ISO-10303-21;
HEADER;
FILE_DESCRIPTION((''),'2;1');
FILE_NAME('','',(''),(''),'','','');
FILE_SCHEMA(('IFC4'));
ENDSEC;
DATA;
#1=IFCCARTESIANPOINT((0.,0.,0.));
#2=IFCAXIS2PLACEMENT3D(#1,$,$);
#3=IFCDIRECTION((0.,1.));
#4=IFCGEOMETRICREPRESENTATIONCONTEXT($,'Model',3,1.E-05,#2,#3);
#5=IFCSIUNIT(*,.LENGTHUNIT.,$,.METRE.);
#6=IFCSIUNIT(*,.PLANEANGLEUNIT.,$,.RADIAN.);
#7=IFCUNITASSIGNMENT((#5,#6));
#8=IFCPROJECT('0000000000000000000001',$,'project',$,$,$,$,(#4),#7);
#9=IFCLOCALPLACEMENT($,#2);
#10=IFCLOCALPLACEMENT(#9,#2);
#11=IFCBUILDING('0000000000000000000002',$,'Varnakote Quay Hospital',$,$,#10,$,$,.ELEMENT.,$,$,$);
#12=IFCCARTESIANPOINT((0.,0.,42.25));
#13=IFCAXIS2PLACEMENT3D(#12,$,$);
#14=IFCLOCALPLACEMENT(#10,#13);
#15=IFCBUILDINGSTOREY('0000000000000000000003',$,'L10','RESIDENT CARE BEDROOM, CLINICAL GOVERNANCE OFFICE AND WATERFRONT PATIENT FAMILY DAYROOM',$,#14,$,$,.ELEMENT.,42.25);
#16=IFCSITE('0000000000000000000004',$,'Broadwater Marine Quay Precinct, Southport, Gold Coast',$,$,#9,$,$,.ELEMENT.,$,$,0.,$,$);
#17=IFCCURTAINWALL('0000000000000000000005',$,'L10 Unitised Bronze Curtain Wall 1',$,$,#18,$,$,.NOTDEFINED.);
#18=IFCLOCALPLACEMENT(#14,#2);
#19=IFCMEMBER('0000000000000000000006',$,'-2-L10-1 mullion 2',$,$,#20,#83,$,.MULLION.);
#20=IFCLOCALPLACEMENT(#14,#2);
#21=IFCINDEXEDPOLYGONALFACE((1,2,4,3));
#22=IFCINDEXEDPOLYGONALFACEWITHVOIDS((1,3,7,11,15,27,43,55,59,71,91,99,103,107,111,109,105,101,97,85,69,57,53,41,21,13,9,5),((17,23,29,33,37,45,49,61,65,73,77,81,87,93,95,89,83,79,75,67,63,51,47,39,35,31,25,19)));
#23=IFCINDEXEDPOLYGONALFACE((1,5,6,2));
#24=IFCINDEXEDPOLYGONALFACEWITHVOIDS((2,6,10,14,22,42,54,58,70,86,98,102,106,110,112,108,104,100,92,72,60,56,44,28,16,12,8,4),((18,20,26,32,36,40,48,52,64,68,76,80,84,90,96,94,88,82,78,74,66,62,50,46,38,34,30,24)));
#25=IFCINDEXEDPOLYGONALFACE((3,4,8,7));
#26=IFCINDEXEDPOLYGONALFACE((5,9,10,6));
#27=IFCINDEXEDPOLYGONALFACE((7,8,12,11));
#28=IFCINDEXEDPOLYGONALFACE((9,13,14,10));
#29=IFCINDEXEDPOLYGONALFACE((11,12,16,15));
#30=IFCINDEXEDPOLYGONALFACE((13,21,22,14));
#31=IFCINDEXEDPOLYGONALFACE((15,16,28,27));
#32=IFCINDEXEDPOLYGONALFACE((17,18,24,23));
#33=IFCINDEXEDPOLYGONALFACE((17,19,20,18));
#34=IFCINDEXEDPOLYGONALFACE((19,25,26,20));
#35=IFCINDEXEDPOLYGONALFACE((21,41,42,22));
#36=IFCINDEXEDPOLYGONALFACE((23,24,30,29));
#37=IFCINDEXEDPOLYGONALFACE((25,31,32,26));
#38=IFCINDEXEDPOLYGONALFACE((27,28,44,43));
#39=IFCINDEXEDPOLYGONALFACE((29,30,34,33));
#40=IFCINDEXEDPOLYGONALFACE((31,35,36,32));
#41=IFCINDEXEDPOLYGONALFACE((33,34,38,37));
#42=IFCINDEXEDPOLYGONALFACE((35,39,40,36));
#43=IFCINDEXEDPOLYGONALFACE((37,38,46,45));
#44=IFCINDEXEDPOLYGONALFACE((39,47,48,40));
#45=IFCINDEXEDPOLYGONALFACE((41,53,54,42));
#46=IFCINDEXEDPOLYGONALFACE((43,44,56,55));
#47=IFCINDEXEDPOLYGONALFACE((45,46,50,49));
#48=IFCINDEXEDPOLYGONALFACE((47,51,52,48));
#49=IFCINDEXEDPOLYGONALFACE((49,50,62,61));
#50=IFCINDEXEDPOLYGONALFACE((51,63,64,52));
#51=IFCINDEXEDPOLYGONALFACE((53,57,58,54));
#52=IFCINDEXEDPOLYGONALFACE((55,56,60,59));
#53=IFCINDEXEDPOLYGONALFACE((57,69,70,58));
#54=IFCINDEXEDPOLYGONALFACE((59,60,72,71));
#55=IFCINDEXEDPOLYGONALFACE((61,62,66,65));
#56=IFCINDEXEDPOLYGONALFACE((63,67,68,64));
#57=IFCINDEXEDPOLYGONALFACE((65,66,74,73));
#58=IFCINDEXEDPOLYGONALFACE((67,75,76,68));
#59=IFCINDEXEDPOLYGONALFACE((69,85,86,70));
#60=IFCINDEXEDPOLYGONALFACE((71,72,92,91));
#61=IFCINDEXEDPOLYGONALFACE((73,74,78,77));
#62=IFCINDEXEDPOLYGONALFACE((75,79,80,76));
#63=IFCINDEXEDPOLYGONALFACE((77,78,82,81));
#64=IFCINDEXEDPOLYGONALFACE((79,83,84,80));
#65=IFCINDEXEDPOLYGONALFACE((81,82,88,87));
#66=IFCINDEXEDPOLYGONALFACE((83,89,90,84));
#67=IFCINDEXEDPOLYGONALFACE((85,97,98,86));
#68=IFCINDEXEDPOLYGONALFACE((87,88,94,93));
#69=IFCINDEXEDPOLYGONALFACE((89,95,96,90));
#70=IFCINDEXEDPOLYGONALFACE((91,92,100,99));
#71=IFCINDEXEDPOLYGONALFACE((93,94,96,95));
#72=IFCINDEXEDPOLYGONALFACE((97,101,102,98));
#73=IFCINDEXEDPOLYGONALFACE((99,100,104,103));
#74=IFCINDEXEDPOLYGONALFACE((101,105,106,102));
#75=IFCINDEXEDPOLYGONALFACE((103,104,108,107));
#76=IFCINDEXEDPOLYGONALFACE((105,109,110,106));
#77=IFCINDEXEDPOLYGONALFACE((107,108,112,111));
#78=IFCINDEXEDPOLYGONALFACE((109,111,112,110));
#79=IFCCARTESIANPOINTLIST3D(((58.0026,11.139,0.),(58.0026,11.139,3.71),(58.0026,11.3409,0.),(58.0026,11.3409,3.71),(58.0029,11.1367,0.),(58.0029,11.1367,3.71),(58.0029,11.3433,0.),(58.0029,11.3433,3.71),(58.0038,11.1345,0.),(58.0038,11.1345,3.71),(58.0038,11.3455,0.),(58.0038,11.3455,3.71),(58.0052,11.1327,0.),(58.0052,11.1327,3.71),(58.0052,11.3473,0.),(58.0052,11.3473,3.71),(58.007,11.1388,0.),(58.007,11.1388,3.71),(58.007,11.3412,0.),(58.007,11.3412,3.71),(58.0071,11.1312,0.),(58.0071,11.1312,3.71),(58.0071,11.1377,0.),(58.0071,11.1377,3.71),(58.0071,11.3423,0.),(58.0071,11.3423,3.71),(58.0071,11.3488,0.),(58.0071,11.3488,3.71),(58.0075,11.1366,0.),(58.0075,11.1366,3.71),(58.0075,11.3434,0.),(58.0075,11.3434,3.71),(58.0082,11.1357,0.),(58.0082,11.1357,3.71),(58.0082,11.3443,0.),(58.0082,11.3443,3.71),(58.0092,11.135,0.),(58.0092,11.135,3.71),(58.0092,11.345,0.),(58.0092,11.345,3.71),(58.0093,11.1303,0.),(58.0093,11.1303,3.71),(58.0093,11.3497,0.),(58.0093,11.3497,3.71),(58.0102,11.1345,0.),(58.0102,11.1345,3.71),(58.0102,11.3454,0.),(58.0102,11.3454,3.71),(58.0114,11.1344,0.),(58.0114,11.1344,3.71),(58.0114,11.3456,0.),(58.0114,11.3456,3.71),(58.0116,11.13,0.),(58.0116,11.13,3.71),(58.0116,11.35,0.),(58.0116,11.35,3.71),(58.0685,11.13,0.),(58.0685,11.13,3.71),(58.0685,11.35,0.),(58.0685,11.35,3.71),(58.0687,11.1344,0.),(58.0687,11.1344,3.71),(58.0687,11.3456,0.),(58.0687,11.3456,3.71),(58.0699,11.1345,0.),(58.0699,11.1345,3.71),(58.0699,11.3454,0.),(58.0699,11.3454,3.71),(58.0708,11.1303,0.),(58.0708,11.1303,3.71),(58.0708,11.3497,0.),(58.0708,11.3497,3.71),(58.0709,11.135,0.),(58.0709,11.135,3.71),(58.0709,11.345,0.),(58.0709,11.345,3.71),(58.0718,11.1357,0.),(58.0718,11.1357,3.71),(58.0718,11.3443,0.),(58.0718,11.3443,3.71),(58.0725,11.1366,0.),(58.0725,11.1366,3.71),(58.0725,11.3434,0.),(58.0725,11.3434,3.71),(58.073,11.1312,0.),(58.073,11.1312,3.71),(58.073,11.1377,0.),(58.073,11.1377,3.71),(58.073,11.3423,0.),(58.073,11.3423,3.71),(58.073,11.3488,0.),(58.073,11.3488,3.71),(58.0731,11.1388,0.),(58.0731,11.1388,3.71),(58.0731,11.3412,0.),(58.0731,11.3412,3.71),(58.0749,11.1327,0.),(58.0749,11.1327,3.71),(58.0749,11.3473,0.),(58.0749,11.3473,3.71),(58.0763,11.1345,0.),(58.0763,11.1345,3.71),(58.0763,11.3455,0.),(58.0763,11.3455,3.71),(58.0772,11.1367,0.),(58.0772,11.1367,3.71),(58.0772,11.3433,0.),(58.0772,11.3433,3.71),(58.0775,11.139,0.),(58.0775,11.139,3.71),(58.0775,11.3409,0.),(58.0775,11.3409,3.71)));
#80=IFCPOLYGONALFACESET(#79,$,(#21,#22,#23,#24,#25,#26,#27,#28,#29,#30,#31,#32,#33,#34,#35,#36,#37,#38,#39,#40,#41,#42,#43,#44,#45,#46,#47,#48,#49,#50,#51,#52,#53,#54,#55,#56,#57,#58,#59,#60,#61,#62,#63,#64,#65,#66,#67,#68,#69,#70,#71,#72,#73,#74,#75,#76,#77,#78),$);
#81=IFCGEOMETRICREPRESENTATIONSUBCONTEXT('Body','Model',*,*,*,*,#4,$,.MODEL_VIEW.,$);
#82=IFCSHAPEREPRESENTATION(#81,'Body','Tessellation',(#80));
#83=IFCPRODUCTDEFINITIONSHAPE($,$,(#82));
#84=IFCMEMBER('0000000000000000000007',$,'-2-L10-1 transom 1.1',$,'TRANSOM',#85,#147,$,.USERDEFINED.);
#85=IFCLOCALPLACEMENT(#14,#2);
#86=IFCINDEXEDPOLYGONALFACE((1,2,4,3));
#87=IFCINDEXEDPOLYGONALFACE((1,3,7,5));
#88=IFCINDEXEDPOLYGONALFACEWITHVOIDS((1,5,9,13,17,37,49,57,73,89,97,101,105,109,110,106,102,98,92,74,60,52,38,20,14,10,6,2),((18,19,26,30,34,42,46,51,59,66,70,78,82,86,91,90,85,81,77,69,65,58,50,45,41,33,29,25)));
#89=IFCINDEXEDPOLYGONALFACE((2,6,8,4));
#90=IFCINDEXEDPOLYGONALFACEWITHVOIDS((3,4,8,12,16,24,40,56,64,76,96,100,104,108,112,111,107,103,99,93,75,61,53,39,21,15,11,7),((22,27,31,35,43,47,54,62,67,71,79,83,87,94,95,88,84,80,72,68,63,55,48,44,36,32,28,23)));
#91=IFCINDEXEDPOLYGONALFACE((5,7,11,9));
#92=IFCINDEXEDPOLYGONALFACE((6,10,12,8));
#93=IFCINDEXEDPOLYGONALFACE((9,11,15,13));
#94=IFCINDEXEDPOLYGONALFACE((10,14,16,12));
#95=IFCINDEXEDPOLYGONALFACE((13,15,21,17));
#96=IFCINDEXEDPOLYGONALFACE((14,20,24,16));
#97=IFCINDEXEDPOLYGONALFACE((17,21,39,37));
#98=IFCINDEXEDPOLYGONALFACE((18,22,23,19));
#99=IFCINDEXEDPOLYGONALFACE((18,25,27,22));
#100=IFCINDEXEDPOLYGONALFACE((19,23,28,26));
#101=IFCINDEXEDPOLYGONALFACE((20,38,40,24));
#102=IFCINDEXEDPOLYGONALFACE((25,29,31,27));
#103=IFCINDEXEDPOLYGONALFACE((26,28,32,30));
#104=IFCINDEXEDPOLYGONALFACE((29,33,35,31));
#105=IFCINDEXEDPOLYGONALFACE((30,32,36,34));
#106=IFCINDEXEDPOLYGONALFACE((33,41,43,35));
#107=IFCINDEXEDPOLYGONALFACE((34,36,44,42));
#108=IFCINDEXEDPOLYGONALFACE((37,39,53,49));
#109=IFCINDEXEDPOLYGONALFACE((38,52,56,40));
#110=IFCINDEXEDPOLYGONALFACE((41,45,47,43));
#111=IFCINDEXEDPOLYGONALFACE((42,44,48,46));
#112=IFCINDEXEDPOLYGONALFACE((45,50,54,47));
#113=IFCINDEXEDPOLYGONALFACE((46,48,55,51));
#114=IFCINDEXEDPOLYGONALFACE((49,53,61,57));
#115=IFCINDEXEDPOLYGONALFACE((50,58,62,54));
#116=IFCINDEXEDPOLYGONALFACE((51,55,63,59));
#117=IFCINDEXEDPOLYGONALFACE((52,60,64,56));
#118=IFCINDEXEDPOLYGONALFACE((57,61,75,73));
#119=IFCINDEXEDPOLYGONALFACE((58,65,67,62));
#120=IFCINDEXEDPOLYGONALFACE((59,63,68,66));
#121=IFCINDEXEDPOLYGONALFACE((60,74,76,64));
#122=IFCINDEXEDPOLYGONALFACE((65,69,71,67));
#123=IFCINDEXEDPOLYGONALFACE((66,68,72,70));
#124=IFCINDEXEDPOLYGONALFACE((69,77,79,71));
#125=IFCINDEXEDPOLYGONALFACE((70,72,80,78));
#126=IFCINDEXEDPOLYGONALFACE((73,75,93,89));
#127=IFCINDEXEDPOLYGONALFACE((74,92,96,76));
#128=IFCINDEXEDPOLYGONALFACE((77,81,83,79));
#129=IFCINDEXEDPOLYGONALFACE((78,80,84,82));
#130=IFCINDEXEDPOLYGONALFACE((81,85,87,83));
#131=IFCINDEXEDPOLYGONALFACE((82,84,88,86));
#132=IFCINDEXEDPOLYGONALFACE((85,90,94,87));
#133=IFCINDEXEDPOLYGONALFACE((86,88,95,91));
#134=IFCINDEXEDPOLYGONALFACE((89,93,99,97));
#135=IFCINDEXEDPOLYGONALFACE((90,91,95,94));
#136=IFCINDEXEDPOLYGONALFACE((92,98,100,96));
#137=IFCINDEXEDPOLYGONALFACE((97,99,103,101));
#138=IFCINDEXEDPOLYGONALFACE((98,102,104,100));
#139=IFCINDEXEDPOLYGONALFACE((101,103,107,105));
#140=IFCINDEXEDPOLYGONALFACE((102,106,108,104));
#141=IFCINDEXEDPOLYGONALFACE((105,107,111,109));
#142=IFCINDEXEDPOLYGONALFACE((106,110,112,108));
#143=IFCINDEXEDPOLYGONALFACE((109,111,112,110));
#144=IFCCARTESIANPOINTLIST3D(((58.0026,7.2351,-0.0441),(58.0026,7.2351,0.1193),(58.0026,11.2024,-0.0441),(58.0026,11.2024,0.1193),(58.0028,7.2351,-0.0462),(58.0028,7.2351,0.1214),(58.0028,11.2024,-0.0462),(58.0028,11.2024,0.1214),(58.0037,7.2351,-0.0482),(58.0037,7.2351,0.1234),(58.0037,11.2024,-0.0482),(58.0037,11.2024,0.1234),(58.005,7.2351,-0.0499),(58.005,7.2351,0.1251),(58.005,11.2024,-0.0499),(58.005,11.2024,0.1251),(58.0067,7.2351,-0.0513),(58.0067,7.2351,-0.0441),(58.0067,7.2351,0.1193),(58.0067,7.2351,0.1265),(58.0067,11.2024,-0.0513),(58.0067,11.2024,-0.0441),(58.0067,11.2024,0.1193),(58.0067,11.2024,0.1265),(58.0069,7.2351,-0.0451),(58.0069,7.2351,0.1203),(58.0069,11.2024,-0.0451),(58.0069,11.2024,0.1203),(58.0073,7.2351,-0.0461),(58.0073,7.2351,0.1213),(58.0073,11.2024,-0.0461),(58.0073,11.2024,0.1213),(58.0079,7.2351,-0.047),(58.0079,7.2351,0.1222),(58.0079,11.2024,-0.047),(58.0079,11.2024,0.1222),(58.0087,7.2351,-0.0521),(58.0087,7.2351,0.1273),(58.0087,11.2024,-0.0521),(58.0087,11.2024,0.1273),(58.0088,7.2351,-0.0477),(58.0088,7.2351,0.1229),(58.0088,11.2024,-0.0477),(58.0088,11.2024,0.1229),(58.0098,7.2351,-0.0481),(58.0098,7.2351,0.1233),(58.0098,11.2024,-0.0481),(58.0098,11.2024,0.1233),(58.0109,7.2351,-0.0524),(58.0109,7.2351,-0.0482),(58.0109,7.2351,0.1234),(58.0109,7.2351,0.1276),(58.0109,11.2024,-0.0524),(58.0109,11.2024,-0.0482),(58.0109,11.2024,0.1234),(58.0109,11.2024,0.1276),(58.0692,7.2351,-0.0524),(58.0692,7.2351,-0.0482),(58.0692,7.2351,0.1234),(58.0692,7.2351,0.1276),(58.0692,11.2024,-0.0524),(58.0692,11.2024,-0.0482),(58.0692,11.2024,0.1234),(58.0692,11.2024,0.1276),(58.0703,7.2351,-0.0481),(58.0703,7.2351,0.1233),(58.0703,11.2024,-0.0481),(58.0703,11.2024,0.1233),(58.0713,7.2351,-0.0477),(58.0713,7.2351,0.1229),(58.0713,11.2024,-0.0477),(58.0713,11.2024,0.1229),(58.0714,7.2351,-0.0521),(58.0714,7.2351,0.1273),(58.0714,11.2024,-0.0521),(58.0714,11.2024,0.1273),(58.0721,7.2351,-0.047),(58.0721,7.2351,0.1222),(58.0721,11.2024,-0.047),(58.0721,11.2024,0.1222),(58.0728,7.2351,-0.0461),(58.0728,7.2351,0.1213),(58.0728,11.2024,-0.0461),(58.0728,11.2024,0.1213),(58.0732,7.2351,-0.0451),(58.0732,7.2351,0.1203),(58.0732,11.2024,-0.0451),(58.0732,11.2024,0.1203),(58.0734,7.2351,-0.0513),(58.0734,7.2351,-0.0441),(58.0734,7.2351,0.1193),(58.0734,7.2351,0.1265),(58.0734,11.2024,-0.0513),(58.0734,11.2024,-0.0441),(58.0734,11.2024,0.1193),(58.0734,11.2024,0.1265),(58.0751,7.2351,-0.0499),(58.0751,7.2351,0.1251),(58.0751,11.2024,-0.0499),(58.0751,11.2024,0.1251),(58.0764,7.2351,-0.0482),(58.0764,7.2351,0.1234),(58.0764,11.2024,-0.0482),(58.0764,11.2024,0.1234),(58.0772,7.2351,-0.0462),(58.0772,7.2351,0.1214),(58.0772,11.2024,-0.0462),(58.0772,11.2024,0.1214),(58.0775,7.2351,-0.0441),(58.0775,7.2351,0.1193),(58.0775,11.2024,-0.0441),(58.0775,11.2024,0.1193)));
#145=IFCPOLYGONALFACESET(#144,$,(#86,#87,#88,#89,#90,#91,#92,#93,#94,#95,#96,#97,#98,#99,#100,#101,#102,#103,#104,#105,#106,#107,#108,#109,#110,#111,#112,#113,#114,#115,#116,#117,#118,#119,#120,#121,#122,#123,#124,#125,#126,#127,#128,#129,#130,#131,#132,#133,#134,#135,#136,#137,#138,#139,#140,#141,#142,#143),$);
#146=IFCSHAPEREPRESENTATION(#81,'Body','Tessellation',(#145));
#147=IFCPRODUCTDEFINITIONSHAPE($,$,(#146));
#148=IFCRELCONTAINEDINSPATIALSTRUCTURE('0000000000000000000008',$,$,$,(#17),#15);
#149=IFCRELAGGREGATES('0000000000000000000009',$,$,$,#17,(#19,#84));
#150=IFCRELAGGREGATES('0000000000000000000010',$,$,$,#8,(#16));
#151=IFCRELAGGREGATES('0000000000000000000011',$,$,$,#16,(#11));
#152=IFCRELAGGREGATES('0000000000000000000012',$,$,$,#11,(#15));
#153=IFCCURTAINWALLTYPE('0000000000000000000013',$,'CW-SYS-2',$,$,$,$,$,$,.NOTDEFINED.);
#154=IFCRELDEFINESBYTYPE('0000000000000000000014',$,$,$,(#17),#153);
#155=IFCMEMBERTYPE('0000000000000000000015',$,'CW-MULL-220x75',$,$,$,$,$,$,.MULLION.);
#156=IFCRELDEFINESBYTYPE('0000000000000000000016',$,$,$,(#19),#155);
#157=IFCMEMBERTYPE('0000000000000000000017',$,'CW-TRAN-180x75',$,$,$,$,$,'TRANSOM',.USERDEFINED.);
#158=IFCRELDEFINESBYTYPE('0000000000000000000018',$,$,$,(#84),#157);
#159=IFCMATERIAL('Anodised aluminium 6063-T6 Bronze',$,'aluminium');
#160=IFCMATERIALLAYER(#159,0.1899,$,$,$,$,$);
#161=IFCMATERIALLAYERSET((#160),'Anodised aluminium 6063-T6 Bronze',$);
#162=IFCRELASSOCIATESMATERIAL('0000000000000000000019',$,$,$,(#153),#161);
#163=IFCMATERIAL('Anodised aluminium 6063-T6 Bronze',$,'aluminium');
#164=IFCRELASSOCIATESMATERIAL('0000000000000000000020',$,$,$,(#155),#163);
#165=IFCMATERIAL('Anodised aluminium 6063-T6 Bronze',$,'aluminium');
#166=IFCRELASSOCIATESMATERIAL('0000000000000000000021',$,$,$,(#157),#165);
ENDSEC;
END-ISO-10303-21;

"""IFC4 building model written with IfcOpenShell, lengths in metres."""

from ifc_helpers import new_model, si_unit, direction, frame, origin, origin_2d, place, context, subcontext, project, spatial, hollow_rectangle, extrude, material, layer, layer_set, material_profile, profile_set, type_object, element, aggregate, save


model = new_model("IFC4")

# Units and contexts
model_context = context("Model", 3, precision=1e-05, world=origin(), true_north=direction((0.0, 1.0)))
body_context = subcontext(model_context, "Body", "Model", "MODEL_VIEW")
ifc_project = project(units=[si_unit("LENGTHUNIT", "METRE"), si_unit("PLANEANGLEUNIT", "RADIAN")], contexts=[model_context])

# Site, building, storey
site_placement = place(None, origin())
site = spatial("IfcSite", under=ifc_project, at=site_placement, Name="Broadwater Marine Quay Precinct, Southport, Gold Coast", CompositionType="ELEMENT", RefElevation=0.0)
building_placement = place(site_placement, origin())
building = spatial("IfcBuilding", under=site, at=building_placement, Name="Varnakote Quay Hospital", CompositionType="ELEMENT")
storey_placement = place(building_placement, frame((0.0, 0.0, 42.25)))
storey = spatial("IfcBuildingStorey", under=building, at=storey_placement, Name="L10", Description="RESIDENT CARE BEDROOM, CLINICAL GOVERNANCE OFFICE AND WATERFRONT PATIENT FAMILY DAYROOM", CompositionType="ELEMENT", Elevation=42.25)

# Curtain wall, members
ifc_material_1 = material(Name="Anodised aluminium 6063-T6 Bronze", Category="aluminium")
ifc_layer_1 = layer(ifc_material_1, 0.1899)
ifc_layer_set_1 = layer_set([ifc_layer_1], Name="Anodised aluminium 6063-T6 Bronze")
curtain_wall_type = type_object("IfcCurtainWallType", Name="CW-SYS-2", PredefinedType="NOTDEFINED", material=ifc_layer_set_1)
curtain_wall_placement = place(storey_placement, origin())
curtain_wall = element("IfcCurtainWall", 1, at=curtain_wall_placement, inside=storey, type_object=curtain_wall_type, Name="L10 Unitised Bronze Curtain Wall 1", PredefinedType="NOTDEFINED")
ifc_material_2 = material(Name="Anodised aluminium 6063-T6 Bronze", Category="aluminium")
ifc_material_profile_1 = material_profile(ifc_material_2, hollow_rectangle(XDim=0.075, YDim=0.22, WallThickness=0.0044, InnerFilletRadius=0.0044, OuterFilletRadius=0.009, at=origin_2d()), Name="CW-MULL-220x75")
ifc_profile_set_1 = profile_set([ifc_material_profile_1], Name="Anodised aluminium 6063-T6 Bronze")
member_type_1 = type_object("IfcMemberType", Name="CW-MULL-220x75", PredefinedType="MULLION", material=ifc_profile_set_1)
member_1_placement = place(storey_placement, frame((58.04, 11.24, 0.0), z_axis=(0.0, 0.0, 1.0), x_axis=(-1.0, 0.0, 0.0)))
member_1 = element("IfcMember", 2, at=member_1_placement, type_object=member_type_1, Name="-2-L10-1 mullion 2", PredefinedType="MULLION", context=body_context, shape_type="SweptSolid", body=[
    extrude(hollow_rectangle(XDim=0.075, YDim=0.22, WallThickness=0.0044, InnerFilletRadius=0.0044, OuterFilletRadius=0.009, at=origin_2d()), origin(), (0.0, 0.0, 1.0), 3.71),
])
ifc_material_3 = material(Name="Anodised aluminium 6063-T6 Bronze", Category="aluminium")
ifc_material_profile_2 = material_profile(ifc_material_3, hollow_rectangle(XDim=0.075, YDim=0.1799, WallThickness=0.0042, InnerFilletRadius=0.0042, OuterFilletRadius=0.0083, at=origin_2d()), Name="CW-TRAN-180x75")
ifc_profile_set_2 = profile_set([ifc_material_profile_2], Name="Anodised aluminium 6063-T6 Bronze")
member_type_2 = type_object("IfcMemberType", Name="CW-TRAN-180x75", ElementType="TRANSOM", PredefinedType="USERDEFINED", material=ifc_profile_set_2)
member_2_placement = place(storey_placement, frame((58.04, 7.2351, 0.0376), z_axis=(0.0, 1.0, 0.0), x_axis=(-1.0, 0.0, 0.0)))
member_2 = element("IfcMember", 3, at=member_2_placement, type_object=member_type_2, Name="-2-L10-1 transom 1.1", ObjectType="TRANSOM", PredefinedType="USERDEFINED", context=body_context, shape_type="SweptSolid", body=[
    extrude(hollow_rectangle(XDim=0.075, YDim=0.1799, WallThickness=0.0042, InnerFilletRadius=0.0042, OuterFilletRadius=0.0083, at=origin_2d()), origin(), (0.0, 0.0, 1.0), 3.9673),
])
aggregate(curtain_wall, [member_1, member_2])

save(model, "model.ifc")
